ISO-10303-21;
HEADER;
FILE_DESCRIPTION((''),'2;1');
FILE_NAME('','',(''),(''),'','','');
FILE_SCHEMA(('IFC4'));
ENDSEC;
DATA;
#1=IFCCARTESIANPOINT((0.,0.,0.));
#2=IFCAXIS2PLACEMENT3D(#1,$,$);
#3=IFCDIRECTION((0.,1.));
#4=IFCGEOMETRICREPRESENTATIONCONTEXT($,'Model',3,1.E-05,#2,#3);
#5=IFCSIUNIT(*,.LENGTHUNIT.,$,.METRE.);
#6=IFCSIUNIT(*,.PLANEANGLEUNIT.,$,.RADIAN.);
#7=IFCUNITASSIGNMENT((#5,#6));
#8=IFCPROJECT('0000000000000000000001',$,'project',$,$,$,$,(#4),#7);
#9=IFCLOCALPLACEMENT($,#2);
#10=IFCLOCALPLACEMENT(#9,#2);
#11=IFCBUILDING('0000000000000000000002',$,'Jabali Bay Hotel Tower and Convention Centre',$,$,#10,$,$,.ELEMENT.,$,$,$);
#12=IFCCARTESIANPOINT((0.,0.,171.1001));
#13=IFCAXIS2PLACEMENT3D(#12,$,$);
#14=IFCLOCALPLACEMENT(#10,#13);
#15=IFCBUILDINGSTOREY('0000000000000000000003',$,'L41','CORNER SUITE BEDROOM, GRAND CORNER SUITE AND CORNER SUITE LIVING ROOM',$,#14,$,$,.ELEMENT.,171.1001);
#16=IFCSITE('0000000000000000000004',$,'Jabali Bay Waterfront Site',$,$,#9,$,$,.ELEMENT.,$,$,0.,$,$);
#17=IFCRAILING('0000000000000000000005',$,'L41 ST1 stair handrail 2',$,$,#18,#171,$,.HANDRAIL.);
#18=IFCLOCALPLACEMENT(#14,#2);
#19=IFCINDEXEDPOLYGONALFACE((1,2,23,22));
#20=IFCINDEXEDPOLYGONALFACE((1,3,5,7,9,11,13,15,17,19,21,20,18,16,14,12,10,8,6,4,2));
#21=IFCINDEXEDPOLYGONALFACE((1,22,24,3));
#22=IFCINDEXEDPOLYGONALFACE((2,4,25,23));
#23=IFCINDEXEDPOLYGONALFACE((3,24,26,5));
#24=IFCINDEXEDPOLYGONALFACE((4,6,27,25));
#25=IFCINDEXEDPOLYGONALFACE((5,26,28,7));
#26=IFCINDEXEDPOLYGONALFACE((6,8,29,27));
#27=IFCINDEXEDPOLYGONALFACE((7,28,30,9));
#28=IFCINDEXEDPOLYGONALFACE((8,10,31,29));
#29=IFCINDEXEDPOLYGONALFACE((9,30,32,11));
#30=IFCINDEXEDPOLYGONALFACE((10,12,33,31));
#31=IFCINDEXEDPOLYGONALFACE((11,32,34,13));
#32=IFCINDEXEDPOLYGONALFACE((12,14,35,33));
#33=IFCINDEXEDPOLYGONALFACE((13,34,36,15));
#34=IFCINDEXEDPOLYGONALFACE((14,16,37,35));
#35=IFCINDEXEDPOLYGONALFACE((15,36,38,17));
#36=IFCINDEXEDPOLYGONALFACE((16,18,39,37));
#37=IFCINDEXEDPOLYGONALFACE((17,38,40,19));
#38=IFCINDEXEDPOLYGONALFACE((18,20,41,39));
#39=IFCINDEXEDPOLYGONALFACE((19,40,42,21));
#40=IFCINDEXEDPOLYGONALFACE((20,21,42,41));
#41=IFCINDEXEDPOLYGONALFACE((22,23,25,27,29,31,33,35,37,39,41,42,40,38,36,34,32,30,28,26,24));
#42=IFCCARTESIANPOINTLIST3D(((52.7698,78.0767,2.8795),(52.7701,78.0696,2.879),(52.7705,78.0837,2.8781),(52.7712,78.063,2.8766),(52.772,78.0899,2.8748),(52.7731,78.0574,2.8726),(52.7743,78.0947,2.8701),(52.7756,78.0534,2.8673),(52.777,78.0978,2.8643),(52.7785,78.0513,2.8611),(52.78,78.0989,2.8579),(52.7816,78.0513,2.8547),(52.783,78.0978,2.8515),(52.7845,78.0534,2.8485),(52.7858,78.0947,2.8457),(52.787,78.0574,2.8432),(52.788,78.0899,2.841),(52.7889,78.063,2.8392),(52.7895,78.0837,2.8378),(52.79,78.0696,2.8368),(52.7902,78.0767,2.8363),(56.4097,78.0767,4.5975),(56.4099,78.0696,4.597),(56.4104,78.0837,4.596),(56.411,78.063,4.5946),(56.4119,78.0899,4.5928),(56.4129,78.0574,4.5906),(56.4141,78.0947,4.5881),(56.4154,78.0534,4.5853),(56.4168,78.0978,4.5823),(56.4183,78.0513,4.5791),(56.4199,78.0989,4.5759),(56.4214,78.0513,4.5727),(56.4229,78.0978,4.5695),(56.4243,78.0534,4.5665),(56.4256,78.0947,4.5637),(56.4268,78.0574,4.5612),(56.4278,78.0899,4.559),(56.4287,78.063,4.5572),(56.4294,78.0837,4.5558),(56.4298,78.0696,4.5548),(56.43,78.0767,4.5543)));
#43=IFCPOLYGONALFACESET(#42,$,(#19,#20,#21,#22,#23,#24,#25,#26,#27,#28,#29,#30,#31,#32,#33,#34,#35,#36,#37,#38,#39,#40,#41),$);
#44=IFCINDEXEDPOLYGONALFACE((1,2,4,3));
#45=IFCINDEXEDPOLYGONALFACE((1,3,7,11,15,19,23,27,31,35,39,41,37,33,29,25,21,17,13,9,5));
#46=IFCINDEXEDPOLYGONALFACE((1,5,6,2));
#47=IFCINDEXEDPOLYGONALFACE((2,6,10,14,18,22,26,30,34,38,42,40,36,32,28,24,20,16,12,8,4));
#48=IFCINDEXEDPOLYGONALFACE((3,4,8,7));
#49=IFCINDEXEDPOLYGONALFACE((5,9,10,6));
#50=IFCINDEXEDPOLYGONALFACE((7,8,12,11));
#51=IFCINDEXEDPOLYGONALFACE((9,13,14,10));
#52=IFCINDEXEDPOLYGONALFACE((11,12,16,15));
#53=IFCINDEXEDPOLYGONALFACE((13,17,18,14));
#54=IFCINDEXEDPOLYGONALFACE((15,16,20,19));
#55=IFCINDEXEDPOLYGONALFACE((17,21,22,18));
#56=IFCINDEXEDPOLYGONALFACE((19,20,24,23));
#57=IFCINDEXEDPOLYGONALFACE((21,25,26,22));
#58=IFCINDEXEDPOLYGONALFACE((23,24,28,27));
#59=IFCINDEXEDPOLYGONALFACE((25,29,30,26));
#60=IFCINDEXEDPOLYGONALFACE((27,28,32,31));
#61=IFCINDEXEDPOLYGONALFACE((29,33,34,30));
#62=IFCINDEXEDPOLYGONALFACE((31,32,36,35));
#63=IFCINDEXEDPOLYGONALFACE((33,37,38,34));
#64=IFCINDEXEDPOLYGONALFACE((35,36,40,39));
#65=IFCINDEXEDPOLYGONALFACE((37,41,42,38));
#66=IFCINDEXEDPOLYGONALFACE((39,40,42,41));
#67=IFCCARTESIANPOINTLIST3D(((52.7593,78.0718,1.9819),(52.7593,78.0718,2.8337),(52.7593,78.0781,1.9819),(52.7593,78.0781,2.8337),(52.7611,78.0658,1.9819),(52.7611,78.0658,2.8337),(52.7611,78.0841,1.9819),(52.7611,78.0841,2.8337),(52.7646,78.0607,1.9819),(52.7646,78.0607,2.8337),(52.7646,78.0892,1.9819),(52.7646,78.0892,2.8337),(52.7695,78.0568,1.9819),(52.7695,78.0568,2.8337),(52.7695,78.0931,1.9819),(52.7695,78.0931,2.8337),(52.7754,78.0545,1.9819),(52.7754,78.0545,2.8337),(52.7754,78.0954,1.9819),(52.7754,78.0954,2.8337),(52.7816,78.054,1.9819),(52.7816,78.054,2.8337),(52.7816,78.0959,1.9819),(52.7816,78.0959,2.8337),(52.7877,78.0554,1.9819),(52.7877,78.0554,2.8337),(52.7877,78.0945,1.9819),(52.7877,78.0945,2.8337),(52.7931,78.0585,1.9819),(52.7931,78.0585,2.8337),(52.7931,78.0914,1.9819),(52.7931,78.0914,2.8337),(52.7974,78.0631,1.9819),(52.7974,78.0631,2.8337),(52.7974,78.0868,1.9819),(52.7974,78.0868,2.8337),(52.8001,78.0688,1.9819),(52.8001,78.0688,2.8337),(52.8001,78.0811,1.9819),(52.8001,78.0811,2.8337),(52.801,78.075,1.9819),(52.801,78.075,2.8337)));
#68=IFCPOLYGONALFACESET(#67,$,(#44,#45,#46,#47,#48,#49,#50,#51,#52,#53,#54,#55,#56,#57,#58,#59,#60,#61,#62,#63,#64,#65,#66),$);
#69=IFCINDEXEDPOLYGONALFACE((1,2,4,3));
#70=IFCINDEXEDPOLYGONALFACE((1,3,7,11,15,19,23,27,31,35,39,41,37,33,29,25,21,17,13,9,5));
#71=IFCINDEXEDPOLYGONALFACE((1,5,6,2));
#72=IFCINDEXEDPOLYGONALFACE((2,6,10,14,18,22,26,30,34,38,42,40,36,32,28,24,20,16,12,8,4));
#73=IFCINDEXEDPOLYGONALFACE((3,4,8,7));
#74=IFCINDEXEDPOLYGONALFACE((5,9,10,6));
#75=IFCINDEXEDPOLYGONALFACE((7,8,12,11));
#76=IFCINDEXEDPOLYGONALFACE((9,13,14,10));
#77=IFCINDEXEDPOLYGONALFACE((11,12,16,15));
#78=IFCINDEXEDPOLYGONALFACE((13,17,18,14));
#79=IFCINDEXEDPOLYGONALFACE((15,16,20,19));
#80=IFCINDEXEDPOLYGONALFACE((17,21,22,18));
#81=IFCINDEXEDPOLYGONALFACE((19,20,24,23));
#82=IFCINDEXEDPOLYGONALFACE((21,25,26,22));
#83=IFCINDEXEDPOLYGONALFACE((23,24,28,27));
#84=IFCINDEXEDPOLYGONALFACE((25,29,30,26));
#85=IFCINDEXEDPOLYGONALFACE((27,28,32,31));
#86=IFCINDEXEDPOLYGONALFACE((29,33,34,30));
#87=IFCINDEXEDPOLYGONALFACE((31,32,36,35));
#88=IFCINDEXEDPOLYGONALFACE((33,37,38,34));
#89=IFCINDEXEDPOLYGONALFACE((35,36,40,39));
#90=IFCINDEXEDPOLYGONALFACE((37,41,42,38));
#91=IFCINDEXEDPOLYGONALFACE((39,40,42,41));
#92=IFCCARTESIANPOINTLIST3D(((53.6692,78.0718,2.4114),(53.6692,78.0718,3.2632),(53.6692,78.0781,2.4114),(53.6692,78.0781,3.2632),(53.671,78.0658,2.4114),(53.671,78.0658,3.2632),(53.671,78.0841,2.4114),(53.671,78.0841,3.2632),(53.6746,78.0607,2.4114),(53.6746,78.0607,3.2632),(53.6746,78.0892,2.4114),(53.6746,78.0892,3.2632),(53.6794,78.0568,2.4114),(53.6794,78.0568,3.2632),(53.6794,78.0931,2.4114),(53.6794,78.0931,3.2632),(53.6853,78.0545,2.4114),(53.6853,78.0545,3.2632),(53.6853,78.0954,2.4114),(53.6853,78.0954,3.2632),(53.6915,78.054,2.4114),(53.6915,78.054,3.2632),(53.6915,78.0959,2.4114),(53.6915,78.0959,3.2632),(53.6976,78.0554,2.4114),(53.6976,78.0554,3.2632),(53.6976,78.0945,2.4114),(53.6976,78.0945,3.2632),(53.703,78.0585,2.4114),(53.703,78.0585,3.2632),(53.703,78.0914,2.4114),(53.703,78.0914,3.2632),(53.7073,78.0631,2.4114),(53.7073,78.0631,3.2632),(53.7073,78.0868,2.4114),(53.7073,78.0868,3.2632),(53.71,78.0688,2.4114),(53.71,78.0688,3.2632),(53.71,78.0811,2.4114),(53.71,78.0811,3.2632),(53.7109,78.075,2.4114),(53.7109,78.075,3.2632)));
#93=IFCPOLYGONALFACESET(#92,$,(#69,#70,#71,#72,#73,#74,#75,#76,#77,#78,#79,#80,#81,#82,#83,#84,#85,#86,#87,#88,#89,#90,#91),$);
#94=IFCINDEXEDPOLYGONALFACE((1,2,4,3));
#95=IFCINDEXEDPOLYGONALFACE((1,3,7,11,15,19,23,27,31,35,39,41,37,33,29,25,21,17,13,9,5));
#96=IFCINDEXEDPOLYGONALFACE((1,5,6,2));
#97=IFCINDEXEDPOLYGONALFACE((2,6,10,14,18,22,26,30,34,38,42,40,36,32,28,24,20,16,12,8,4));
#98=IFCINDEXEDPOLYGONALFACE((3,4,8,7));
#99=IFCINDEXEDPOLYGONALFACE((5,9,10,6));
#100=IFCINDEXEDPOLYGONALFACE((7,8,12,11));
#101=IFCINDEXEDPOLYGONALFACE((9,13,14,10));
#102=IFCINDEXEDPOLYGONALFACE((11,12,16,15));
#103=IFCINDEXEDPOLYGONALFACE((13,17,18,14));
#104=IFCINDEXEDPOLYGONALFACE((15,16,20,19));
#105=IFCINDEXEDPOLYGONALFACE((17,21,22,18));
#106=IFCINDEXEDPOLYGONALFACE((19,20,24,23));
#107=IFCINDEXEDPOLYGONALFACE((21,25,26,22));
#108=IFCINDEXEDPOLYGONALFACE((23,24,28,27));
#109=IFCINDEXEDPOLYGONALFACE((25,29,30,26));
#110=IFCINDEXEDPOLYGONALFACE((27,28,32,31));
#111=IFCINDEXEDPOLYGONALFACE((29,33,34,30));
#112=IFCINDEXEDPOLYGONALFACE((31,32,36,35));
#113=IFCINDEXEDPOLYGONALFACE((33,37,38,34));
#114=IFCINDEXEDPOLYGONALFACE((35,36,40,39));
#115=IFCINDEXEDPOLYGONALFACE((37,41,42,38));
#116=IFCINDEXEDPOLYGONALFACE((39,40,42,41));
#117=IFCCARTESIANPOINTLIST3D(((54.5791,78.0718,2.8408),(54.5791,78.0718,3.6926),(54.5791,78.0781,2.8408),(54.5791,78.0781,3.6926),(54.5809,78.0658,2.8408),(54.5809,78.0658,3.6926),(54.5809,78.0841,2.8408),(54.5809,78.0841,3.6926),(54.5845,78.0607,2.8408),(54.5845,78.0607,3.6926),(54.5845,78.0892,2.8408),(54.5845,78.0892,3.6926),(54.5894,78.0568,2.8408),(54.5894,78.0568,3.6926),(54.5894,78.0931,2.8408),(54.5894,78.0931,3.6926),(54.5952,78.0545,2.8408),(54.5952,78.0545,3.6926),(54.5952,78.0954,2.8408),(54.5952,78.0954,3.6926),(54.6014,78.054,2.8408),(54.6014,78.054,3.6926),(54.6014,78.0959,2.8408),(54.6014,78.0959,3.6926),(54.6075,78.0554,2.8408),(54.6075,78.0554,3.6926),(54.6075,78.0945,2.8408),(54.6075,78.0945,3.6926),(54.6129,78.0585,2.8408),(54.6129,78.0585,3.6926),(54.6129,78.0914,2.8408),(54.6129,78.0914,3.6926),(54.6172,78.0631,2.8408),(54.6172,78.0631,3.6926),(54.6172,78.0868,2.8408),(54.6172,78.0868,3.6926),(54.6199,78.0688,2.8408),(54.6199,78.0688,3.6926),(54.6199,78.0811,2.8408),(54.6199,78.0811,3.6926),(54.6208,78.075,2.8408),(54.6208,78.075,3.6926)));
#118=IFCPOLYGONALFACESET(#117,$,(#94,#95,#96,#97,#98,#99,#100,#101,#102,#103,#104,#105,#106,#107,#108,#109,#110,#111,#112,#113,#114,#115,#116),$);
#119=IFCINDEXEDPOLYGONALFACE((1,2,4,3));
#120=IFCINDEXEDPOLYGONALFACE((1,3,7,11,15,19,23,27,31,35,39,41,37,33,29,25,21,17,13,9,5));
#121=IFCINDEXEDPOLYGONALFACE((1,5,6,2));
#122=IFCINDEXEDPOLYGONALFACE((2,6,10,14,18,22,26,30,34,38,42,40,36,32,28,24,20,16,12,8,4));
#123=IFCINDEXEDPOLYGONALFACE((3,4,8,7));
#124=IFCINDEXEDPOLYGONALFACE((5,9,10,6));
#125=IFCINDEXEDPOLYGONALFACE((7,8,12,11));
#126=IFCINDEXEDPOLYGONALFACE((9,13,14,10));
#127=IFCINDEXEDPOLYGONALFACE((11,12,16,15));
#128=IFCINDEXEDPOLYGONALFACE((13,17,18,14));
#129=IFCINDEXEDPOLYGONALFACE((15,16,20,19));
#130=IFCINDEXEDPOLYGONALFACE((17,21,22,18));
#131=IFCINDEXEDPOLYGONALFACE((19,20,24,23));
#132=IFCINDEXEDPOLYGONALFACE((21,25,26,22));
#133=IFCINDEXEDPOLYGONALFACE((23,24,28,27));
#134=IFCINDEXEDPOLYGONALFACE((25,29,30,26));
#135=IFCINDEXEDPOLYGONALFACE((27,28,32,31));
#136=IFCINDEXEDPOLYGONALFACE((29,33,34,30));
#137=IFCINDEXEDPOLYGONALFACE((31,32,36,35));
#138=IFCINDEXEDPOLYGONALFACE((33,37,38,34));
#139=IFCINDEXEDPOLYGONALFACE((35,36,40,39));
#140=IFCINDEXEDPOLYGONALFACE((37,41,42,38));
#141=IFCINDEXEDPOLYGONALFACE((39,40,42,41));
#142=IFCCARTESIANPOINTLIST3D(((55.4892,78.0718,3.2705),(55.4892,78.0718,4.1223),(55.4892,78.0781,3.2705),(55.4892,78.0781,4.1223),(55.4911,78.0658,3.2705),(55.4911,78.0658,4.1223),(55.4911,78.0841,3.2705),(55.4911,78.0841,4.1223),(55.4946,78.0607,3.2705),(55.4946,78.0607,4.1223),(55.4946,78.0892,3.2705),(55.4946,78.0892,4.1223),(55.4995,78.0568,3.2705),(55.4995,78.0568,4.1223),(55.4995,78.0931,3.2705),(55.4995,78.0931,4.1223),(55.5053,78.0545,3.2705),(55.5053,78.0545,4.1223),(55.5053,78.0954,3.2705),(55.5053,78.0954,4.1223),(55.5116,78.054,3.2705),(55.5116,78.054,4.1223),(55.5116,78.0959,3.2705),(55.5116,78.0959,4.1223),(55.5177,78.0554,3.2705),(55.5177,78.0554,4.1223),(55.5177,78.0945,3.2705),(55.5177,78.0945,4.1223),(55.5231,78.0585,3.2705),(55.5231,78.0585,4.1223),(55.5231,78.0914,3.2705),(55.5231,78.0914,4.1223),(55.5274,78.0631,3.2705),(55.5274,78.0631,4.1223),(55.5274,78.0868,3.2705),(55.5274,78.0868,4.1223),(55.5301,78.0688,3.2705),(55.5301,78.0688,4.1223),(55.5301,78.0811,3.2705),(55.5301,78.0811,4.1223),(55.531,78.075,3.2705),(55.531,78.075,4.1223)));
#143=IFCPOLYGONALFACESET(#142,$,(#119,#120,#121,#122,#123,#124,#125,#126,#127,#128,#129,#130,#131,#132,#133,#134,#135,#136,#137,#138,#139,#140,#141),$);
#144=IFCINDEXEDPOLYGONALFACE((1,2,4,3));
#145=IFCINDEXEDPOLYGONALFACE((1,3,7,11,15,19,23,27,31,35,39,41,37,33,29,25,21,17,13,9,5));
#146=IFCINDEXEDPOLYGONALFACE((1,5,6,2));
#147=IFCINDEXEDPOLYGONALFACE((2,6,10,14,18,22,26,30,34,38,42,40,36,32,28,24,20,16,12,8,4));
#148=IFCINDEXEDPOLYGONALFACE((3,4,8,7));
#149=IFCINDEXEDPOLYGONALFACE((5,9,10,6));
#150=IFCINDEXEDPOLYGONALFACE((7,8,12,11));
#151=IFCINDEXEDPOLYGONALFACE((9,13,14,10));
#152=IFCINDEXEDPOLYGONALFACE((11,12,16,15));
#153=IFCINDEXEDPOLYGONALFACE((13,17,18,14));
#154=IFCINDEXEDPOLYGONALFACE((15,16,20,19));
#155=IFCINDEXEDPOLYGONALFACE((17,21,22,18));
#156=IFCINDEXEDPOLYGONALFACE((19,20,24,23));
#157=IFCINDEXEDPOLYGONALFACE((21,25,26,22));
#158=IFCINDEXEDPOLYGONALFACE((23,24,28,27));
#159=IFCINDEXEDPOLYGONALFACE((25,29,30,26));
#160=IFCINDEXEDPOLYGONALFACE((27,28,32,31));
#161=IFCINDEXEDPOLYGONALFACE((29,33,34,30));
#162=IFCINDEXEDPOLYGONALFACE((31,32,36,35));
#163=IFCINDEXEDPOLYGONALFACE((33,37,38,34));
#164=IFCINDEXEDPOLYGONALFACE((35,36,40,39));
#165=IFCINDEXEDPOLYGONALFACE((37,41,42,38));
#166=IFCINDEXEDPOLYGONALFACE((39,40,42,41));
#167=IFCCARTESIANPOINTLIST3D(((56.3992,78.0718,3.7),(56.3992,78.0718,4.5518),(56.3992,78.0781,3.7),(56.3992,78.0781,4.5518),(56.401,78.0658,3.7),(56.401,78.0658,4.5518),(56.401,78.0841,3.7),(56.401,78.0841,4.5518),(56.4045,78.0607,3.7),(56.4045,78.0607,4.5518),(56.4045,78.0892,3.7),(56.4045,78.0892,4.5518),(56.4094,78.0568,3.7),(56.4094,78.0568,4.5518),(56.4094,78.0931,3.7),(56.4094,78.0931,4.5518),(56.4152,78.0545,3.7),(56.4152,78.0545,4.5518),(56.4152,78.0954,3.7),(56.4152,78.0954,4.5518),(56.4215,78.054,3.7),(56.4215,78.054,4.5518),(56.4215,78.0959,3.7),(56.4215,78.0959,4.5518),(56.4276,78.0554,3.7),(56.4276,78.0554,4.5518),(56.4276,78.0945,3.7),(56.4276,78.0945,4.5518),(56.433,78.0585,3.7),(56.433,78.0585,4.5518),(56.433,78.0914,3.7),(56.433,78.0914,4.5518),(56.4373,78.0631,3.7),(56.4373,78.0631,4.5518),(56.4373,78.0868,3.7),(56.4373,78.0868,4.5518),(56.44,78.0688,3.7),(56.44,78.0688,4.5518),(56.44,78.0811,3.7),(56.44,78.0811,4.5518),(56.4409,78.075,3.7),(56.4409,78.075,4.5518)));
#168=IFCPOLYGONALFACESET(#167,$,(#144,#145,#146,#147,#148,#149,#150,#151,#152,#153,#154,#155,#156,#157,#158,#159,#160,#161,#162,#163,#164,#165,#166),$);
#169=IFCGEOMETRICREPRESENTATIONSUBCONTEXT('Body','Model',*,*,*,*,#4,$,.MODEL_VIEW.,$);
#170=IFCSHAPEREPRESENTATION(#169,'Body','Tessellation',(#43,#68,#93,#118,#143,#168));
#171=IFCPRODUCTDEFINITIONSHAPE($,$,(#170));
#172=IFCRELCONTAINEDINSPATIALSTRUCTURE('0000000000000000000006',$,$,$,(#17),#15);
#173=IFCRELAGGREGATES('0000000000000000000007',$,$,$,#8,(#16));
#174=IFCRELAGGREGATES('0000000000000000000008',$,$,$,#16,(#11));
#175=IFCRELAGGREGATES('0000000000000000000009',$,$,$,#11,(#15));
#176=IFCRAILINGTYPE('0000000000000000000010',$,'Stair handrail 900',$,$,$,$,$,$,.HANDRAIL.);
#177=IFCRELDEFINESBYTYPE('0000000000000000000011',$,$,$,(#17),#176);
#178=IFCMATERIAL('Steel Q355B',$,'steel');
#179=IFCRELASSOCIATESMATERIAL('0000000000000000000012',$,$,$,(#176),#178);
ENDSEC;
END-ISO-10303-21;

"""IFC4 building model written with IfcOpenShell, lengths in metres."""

from ifc_helpers import new_model, si_unit, direction, frame, origin, origin_2d, place, context, subcontext, project, spatial, circle, extrude, material, type_object, element, save


model = new_model("IFC4")

# Units and contexts
model_context = context("Model", 3, precision=1e-05, world=origin(), true_north=direction((0.0, 1.0)))
body_context = subcontext(model_context, "Body", "Model", "MODEL_VIEW")
ifc_project = project(units=[si_unit("LENGTHUNIT", "METRE"), si_unit("PLANEANGLEUNIT", "RADIAN")], contexts=[model_context])

# Site, building, storey
site_placement = place(None, origin())
site = spatial("IfcSite", under=ifc_project, at=site_placement, Name="Jabali Bay Waterfront Site", CompositionType="ELEMENT", RefElevation=0.0)
building_placement = place(site_placement, origin())
building = spatial("IfcBuilding", under=site, at=building_placement, Name="Jabali Bay Hotel Tower and Convention Centre", CompositionType="ELEMENT")
storey_placement = place(building_placement, frame((0.0, 0.0, 171.1001)))
storey = spatial("IfcBuildingStorey", under=building, at=storey_placement, Name="L41", Description="CORNER SUITE BEDROOM, GRAND CORNER SUITE AND CORNER SUITE LIVING ROOM", CompositionType="ELEMENT", Elevation=171.1001)

# Railing
ifc_material_1 = material(Name="Steel Q355B", Category="steel")
railing_type = type_object("IfcRailingType", Name="Stair handrail 900", PredefinedType="HANDRAIL", material=ifc_material_1)
railing_placement = place(storey_placement, frame((52.78, 78.075, 1.9819)))
element("IfcRailing", 1, at=railing_placement, inside=storey, type_object=railing_type, Name="L41 ST1 stair handrail 2", PredefinedType="HANDRAIL", context=body_context, shape_type="SweptSolid", body=[
    extrude(circle(Radius=0.0239, at=origin_2d()), frame((0.0, 0.0, 0.876), z_axis=(0.904327, 0.0, 0.42684), x_axis=(0.0, 1.0, 0.0)), (0.0, 0.0, 1.0), 4.0249),
    extrude(circle(Radius=0.021, at=origin_2d()), origin(), (0.0, 0.0, 1.0), 0.8518),
    extrude(circle(Radius=0.021, at=origin_2d()), frame((0.9099, 0.0, 0.4294)), (0.0, 0.0, 1.0), 0.8518),
    extrude(circle(Radius=0.021, at=origin_2d()), frame((1.8198, 0.0, 0.8589)), (0.0, 0.0, 1.0), 0.8518),
    extrude(circle(Radius=0.021, at=origin_2d()), frame((2.73, 0.0, 1.2886)), (0.0, 0.0, 1.0), 0.8518),
    extrude(circle(Radius=0.021, at=origin_2d()), frame((3.6399, 0.0, 1.718)), (0.0, 0.0, 1.0), 0.8518),
])

save(model, "model.ifc")
